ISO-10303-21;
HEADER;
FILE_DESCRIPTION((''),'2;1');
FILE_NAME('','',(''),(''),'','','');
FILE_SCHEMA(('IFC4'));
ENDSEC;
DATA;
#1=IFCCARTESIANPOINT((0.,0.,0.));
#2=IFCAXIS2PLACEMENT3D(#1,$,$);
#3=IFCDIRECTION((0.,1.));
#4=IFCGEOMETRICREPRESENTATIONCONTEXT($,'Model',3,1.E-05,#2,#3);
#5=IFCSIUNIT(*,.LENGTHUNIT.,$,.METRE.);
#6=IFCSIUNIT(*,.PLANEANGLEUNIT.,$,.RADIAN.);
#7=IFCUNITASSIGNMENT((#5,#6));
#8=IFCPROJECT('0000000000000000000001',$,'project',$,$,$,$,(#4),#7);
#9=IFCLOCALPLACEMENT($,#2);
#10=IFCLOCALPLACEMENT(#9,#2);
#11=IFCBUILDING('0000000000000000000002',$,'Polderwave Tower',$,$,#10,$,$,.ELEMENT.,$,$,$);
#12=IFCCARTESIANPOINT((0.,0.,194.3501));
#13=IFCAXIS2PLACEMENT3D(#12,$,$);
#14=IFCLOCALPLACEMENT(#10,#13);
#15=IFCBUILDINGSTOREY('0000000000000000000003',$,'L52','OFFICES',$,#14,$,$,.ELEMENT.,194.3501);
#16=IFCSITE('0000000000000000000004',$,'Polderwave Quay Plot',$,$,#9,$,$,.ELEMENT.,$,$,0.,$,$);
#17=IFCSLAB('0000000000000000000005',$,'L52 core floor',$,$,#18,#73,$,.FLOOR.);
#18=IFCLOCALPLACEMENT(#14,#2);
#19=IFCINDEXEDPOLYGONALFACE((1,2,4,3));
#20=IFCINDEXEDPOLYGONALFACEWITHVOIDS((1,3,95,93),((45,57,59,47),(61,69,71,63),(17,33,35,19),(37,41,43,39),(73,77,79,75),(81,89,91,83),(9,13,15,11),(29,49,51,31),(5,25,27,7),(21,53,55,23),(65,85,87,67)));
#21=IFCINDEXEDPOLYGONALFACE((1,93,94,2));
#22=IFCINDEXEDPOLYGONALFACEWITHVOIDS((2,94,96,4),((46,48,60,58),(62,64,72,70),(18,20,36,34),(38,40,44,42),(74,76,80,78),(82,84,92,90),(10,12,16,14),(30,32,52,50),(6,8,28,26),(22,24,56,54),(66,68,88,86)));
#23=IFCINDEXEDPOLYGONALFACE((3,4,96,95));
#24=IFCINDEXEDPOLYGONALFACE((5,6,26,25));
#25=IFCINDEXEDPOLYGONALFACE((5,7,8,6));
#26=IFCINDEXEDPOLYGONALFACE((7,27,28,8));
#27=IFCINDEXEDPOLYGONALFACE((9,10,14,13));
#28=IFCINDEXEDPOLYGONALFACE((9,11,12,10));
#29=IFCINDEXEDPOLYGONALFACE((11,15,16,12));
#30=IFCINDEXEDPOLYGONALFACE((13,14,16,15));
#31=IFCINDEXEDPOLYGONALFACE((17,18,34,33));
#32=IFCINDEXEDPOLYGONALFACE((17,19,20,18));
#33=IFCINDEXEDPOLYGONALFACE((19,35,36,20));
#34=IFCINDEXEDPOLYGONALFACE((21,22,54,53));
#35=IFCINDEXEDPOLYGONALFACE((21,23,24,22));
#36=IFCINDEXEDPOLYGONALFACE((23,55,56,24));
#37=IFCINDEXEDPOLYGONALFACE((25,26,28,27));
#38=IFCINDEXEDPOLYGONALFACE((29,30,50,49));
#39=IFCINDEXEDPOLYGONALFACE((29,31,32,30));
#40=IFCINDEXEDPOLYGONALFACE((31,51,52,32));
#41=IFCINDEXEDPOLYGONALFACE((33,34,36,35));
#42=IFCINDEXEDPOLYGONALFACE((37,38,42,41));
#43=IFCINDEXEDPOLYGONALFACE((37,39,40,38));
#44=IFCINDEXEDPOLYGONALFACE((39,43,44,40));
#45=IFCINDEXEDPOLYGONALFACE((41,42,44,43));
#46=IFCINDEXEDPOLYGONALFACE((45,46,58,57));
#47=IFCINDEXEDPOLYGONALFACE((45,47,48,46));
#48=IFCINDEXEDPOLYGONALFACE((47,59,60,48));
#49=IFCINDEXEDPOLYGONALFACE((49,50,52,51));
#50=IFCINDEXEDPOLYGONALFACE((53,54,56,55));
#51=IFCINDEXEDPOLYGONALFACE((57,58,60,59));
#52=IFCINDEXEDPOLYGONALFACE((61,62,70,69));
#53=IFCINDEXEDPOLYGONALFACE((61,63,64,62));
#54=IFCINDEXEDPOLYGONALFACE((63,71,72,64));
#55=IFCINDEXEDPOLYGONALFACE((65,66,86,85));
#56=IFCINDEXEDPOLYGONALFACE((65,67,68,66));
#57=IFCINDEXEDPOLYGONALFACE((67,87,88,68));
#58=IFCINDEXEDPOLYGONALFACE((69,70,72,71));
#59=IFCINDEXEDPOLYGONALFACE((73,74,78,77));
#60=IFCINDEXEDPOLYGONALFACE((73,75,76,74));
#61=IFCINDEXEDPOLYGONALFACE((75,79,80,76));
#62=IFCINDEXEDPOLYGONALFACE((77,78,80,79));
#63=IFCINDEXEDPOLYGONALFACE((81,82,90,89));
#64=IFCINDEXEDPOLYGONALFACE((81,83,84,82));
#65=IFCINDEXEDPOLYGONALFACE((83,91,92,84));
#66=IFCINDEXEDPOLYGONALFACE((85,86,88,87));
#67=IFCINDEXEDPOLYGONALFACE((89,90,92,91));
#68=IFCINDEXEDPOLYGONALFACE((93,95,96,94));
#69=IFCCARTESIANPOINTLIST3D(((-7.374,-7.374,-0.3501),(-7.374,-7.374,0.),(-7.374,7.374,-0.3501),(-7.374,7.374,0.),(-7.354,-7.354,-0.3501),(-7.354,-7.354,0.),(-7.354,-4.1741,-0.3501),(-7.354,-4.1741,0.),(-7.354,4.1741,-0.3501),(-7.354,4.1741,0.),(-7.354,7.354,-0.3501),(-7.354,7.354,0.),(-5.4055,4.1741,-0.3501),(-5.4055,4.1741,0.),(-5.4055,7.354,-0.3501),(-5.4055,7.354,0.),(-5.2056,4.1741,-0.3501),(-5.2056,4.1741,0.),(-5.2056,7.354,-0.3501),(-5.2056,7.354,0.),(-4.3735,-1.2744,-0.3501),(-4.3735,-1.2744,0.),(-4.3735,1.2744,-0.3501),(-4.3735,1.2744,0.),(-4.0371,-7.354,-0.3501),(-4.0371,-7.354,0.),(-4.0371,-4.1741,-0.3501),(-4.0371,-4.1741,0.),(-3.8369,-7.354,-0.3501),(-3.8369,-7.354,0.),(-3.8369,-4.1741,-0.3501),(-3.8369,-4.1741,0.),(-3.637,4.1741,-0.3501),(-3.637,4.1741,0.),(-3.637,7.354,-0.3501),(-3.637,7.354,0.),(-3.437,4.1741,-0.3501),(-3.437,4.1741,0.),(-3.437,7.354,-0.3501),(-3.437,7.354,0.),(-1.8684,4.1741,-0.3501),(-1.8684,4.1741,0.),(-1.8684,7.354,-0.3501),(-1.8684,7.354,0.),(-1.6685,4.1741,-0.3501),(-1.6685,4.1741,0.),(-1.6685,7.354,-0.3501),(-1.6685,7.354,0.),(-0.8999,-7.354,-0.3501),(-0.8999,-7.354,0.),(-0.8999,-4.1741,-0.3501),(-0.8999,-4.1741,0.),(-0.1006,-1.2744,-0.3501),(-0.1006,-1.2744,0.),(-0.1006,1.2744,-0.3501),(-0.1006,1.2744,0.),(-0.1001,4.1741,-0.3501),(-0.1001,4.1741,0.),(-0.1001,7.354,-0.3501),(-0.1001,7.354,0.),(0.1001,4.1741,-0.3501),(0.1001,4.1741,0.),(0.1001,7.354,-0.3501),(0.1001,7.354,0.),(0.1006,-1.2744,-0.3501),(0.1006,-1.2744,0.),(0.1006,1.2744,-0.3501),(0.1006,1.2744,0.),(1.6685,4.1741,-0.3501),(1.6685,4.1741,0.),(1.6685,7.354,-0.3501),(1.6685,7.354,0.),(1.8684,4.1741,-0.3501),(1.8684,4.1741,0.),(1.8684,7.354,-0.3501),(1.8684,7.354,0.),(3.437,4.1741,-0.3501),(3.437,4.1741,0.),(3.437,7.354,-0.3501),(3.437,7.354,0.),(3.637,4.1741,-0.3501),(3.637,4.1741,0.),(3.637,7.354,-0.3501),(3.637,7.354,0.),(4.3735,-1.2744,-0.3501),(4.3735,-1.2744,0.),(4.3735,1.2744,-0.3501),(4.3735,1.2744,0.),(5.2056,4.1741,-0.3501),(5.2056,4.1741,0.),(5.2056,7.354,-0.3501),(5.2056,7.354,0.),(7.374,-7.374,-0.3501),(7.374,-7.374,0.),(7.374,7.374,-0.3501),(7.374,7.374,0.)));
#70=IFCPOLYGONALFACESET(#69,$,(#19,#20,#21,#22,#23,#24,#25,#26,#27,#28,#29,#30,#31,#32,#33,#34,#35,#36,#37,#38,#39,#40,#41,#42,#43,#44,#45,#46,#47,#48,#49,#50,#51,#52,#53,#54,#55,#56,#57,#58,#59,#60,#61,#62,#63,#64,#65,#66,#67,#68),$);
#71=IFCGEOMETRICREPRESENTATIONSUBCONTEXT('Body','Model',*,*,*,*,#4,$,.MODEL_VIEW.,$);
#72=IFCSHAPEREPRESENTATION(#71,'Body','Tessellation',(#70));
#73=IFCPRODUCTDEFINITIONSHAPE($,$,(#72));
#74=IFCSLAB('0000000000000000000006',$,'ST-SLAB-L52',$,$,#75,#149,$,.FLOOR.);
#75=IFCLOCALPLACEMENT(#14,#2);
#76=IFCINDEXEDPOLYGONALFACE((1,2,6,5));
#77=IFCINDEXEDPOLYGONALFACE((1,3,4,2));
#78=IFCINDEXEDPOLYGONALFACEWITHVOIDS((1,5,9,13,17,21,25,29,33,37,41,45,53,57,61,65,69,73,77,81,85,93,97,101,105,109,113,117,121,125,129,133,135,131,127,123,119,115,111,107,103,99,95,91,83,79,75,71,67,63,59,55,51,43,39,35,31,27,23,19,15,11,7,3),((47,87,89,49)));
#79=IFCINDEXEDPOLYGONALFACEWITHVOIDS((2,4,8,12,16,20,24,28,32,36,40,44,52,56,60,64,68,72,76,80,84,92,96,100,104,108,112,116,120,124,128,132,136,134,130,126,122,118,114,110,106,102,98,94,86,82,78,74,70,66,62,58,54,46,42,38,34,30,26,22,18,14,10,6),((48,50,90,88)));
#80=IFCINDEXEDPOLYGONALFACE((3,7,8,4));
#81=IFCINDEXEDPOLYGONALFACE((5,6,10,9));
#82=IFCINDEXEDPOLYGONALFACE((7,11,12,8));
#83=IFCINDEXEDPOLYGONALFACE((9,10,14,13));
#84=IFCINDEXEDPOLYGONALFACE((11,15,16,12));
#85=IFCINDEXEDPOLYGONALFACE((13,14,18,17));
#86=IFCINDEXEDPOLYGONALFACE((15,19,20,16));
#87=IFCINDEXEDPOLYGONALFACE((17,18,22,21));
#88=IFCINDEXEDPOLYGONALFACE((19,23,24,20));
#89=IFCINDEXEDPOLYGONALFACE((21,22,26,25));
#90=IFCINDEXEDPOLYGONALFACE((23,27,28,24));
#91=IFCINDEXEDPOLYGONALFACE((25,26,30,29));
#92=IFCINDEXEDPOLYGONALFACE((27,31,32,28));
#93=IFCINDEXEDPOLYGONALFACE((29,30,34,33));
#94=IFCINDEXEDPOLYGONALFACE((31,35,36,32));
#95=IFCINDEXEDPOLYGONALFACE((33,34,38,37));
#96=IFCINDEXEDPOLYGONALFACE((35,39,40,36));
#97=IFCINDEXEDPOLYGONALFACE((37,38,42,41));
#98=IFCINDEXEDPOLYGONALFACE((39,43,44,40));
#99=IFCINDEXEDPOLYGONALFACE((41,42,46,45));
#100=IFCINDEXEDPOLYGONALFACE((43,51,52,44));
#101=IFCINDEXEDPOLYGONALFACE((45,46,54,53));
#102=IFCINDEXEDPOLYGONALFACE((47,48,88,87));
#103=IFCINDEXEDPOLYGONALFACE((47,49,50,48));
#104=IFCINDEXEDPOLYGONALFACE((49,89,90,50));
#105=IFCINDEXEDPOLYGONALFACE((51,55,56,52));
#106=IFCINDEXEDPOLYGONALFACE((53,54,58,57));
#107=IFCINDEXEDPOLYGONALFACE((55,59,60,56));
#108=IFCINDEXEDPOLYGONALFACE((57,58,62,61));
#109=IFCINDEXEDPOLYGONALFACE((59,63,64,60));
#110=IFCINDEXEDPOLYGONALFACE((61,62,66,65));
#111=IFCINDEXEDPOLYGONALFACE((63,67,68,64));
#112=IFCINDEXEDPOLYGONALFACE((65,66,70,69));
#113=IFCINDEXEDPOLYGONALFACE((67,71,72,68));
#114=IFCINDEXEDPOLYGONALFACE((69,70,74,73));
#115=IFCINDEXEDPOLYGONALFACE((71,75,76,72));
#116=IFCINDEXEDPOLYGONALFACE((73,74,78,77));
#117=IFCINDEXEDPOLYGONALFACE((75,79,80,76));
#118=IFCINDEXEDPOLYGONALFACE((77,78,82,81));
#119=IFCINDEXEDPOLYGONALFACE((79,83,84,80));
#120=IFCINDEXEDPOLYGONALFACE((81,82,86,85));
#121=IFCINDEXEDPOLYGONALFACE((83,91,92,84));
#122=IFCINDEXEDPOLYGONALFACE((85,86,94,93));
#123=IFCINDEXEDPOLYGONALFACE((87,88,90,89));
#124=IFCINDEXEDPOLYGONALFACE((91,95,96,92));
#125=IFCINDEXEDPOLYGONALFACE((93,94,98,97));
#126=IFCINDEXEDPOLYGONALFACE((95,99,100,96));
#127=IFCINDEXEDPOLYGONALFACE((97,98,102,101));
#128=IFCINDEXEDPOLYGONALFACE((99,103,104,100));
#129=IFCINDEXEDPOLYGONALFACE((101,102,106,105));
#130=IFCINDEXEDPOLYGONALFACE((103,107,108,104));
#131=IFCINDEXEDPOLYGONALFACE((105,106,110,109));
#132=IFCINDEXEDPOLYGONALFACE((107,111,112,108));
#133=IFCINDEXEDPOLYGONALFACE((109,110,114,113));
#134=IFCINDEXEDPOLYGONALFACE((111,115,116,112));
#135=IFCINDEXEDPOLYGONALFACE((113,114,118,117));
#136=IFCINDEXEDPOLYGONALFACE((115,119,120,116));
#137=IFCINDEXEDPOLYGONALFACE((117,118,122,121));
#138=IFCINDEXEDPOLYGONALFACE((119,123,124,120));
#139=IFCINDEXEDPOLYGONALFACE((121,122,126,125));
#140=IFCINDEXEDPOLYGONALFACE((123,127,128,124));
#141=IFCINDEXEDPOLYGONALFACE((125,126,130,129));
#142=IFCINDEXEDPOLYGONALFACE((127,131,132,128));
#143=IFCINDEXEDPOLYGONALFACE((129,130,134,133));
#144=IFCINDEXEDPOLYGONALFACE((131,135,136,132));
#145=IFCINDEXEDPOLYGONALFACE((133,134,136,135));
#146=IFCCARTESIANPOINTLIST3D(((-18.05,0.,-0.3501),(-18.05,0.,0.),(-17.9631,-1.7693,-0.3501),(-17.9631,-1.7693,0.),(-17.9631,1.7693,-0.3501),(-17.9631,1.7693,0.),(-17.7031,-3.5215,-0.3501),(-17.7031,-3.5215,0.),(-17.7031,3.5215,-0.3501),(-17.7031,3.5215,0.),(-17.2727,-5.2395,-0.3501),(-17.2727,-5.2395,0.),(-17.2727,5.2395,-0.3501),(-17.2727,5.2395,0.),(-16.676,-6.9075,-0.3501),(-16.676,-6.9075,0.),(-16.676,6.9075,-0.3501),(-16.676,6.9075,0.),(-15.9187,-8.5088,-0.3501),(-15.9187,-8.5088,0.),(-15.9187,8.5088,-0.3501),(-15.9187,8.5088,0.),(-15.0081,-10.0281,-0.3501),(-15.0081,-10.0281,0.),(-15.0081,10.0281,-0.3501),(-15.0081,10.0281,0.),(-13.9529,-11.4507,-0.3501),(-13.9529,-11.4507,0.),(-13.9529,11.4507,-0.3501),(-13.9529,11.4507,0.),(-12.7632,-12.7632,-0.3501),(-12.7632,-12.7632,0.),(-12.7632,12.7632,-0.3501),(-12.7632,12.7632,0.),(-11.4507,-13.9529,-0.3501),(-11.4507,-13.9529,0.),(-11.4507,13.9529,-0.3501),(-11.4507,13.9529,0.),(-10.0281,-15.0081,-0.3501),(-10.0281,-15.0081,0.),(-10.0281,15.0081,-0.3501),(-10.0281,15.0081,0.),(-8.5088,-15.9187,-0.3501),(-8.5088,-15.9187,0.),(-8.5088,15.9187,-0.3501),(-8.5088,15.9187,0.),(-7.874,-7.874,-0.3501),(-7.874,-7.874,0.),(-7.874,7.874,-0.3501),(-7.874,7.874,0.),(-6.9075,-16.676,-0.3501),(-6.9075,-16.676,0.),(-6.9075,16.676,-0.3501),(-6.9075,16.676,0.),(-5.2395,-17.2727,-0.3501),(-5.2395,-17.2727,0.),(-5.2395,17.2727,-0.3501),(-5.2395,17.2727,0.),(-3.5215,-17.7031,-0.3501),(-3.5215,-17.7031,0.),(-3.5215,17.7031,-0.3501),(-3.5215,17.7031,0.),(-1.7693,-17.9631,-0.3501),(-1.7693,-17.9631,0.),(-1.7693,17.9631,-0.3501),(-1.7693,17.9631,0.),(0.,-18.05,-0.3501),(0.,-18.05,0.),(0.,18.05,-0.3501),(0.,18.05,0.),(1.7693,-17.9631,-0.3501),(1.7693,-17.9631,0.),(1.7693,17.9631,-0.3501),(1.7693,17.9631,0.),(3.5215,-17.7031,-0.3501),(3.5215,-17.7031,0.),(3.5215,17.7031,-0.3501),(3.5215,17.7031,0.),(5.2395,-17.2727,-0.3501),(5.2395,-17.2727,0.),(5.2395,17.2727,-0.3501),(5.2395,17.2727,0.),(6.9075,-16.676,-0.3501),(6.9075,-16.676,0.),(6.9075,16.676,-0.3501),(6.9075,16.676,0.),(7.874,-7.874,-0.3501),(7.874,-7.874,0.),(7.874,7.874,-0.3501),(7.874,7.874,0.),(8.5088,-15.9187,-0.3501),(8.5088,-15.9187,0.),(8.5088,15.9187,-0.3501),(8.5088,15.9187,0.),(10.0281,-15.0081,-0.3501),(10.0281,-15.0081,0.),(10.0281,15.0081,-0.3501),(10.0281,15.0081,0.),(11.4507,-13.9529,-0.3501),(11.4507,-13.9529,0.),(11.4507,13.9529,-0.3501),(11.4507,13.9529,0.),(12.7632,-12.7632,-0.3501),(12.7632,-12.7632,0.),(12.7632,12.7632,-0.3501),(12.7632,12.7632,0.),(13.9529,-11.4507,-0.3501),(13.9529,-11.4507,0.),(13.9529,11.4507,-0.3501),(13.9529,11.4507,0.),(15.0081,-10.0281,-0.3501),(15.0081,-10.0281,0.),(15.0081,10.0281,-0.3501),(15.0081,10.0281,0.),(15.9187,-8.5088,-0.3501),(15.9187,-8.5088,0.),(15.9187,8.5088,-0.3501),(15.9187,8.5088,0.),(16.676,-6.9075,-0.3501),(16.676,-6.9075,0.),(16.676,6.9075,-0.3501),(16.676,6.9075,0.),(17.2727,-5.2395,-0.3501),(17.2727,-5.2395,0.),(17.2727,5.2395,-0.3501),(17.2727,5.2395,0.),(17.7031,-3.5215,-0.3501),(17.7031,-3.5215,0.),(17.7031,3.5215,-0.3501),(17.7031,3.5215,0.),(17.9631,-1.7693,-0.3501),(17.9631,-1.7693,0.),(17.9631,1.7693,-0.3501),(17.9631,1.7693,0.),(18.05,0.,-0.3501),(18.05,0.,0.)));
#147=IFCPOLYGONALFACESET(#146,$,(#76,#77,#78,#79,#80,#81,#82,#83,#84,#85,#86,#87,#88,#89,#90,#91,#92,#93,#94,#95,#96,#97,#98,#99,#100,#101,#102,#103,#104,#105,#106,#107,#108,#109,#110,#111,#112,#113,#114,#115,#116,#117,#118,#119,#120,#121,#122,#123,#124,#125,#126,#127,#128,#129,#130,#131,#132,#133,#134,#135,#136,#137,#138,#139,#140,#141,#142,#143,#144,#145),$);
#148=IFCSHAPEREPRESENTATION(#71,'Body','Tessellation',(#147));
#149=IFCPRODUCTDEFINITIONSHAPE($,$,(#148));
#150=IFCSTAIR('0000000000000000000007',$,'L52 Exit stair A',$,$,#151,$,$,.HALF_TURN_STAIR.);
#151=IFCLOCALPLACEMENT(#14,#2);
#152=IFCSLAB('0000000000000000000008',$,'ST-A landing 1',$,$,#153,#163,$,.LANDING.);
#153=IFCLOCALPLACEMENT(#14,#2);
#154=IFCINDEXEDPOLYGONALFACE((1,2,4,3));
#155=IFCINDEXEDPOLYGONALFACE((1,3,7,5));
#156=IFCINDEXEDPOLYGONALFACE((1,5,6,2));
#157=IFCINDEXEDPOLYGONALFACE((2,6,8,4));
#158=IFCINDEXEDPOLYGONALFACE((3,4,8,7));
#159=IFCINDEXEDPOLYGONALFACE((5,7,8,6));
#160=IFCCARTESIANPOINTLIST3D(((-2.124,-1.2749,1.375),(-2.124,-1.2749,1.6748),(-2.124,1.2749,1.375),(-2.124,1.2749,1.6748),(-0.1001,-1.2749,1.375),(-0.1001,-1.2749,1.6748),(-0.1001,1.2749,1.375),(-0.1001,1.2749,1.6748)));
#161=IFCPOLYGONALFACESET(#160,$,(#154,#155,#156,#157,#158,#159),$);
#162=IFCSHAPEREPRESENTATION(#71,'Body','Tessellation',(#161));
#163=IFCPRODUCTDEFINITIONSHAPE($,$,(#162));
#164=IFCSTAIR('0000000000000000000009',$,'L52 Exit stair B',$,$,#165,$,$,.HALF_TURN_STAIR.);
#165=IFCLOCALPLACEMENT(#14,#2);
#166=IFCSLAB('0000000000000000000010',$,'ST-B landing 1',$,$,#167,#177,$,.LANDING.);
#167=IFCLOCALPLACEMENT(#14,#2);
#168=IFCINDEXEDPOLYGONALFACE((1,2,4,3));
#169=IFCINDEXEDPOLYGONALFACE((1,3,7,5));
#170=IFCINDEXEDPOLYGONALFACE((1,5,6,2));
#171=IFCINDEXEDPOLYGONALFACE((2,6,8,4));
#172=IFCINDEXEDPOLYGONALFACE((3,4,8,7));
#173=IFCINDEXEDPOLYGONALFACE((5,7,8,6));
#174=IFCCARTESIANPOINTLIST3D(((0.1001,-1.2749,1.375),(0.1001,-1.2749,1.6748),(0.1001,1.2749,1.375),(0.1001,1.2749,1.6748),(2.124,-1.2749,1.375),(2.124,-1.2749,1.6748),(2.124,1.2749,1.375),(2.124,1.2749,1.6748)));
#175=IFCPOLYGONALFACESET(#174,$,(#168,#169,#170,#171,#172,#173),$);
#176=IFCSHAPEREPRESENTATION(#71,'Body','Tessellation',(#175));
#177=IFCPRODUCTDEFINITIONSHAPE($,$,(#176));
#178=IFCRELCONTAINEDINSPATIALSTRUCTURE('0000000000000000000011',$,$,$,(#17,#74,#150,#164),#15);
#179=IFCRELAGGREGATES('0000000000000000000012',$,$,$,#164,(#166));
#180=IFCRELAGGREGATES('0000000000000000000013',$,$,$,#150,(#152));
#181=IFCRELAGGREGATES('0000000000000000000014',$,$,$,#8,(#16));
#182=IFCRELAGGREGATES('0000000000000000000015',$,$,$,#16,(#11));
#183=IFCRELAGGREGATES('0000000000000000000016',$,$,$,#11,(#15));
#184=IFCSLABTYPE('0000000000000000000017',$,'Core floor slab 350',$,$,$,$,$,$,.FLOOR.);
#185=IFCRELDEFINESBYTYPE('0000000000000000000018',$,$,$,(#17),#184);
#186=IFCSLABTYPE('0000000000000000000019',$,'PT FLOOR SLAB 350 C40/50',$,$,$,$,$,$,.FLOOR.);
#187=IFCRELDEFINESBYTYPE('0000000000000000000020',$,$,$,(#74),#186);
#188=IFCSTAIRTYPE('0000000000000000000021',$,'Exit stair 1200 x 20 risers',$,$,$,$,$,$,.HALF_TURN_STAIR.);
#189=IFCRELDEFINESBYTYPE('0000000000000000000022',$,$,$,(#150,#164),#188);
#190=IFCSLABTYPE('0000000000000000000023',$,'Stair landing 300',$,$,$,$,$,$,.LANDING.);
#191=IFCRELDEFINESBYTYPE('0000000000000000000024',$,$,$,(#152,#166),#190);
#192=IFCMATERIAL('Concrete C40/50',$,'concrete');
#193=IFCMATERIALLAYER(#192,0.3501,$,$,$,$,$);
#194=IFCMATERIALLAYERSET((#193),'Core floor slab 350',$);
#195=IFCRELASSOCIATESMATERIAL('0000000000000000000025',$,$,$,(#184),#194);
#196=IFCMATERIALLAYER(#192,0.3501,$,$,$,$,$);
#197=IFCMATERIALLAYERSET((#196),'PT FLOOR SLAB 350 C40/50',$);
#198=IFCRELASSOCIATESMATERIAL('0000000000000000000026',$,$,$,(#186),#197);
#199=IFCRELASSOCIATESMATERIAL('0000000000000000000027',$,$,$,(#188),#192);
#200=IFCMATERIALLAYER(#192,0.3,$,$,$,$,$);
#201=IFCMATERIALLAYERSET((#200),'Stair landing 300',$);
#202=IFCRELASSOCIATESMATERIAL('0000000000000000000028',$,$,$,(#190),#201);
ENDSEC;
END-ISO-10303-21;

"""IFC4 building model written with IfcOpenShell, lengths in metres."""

from ifc_helpers import new_model, si_unit, direction, frame, origin, place, context, subcontext, project, spatial, polyline, outline, extrude, material, layer, layer_set, type_object, element, aggregate, save


model = new_model("IFC4")

# Units and contexts
model_context = context("Model", 3, precision=1e-05, world=origin(), true_north=direction((0.0, 1.0)))
body_context = subcontext(model_context, "Body", "Model", "MODEL_VIEW")
ifc_project = project(units=[si_unit("LENGTHUNIT", "METRE"), si_unit("PLANEANGLEUNIT", "RADIAN")], contexts=[model_context])

# Site, building, storey
site_placement = place(None, origin())
site = spatial("IfcSite", under=ifc_project, at=site_placement, Name="Polderwave Quay Plot", CompositionType="ELEMENT", RefElevation=0.0)
building_placement = place(site_placement, origin())
building = spatial("IfcBuilding", under=site, at=building_placement, Name="Polderwave Tower", CompositionType="ELEMENT")
storey_placement = place(building_placement, frame((0.0, 0.0, 194.3501)))
storey = spatial("IfcBuildingStorey", under=building, at=storey_placement, Name="L52", Description="OFFICES", CompositionType="ELEMENT", Elevation=194.3501)

# Slabs
ifc_material_1 = material(Name="Concrete C40/50", Category="concrete")
ifc_layer_1 = layer(ifc_material_1, 0.3501)
ifc_layer_set_1 = layer_set([ifc_layer_1], Name="Core floor slab 350")
slab_type_1 = type_object("IfcSlabType", Name="Core floor slab 350", PredefinedType="FLOOR", material=ifc_layer_set_1)
slab_1_placement = place(storey_placement, frame((0.0, 0.0, -0.3501)))
element("IfcSlab", 1, at=slab_1_placement, inside=storey, type_object=slab_type_1, Name="L52 core floor", PredefinedType="FLOOR", context=body_context, shape_type="SweptSolid", body=[
    extrude(outline(polyline([(-7.374, -7.374), (7.374, -7.374), (7.374, 7.374), (-7.374, 7.374), (-7.374, -7.374)]), holes=[polyline([(-7.354, -7.354), (-4.0371, -7.354), (-4.0371, -4.1741), (-7.354, -4.1741), (-7.354, -7.354)]), polyline([(-3.8369, -7.354), (-0.8999, -7.354), (-0.8999, -4.1741), (-3.8369, -4.1741), (-3.8369, -7.354)]), polyline([(-7.354, 4.1741), (-5.4055, 4.1741), (-5.4055, 7.354), (-7.354, 7.354), (-7.354, 4.1741)]), polyline([(-5.2056, 4.1741), (-3.637, 4.1741), (-3.637, 7.354), (-5.2056, 7.354), (-5.2056, 4.1741)]), polyline([(-3.437, 4.1741), (-1.8684, 4.1741), (-1.8684, 7.354), (-3.437, 7.354), (-3.437, 4.1741)]), polyline([(-1.6685, 4.1741), (-0.1001, 4.1741), (-0.1001, 7.354), (-1.6685, 7.354), (-1.6685, 4.1741)]), polyline([(0.1001, 4.1741), (1.6685, 4.1741), (1.6685, 7.354), (0.1001, 7.354), (0.1001, 4.1741)]), polyline([(1.8684, 4.1741), (3.437, 4.1741), (3.437, 7.354), (1.8684, 7.354), (1.8684, 4.1741)]), polyline([(3.637, 4.1741), (5.2056, 4.1741), (5.2056, 7.354), (3.637, 7.354), (3.637, 4.1741)]), polyline([(-4.3735, -1.2744), (-0.1006, -1.2744), (-0.1006, 1.2744), (-4.3735, 1.2744), (-4.3735, -1.2744)]), polyline([(0.1006, -1.2744), (4.3735, -1.2744), (4.3735, 1.2744), (0.1006, 1.2744), (0.1006, -1.2744)])]), origin(), (0.0, 0.0, 1.0), 0.3501),
])
ifc_layer_2 = layer(ifc_material_1, 0.3501)
ifc_layer_set_2 = layer_set([ifc_layer_2], Name="PT FLOOR SLAB 350 C40/50")
slab_type_2 = type_object("IfcSlabType", Name="PT FLOOR SLAB 350 C40/50", PredefinedType="FLOOR", material=ifc_layer_set_2)
slab_2_placement = place(storey_placement, frame((0.0, 0.0, -0.3501)))
element("IfcSlab", 2, at=slab_2_placement, inside=storey, type_object=slab_type_2, Name="ST-SLAB-L52", PredefinedType="FLOOR", context=body_context, shape_type="SweptSolid", body=[
    extrude(outline(polyline([(18.05, 0.0), (17.9631, 1.7693), (17.7031, 3.5215), (17.2727, 5.2395), (16.676, 6.9075), (15.9187, 8.5088), (15.0081, 10.0281), (13.9529, 11.4507), (12.7632, 12.7632), (11.4507, 13.9529), (10.0281, 15.0081), (8.5088, 15.9187), (6.9075, 16.676), (5.2395, 17.2727), (3.5215, 17.7031), (1.7693, 17.9631), (0.0, 18.05), (-1.7693, 17.9631), (-3.5215, 17.7031), (-5.2395, 17.2727), (-6.9075, 16.676), (-8.5088, 15.9187), (-10.0281, 15.0081), (-11.4507, 13.9529), (-12.7632, 12.7632), (-13.9529, 11.4507), (-15.0081, 10.0281), (-15.9187, 8.5088), (-16.676, 6.9075), (-17.2727, 5.2395), (-17.7031, 3.5215), (-17.9631, 1.7693), (-18.05, 0.0), (-17.9631, -1.7693), (-17.7031, -3.5215), (-17.2727, -5.2395), (-16.676, -6.9075), (-15.9187, -8.5088), (-15.0081, -10.0281), (-13.9529, -11.4507), (-12.7632, -12.7632), (-11.4507, -13.9529), (-10.0281, -15.0081), (-8.5088, -15.9187), (-6.9075, -16.676), (-5.2395, -17.2727), (-3.5215, -17.7031), (-1.7693, -17.9631), (0.0, -18.05), (1.7693, -17.9631), (3.5215, -17.7031), (5.2395, -17.2727), (6.9075, -16.676), (8.5088, -15.9187), (10.0281, -15.0081), (11.4507, -13.9529), (12.7632, -12.7632), (13.9529, -11.4507), (15.0081, -10.0281), (15.9187, -8.5088), (16.676, -6.9075), (17.2727, -5.2395), (17.7031, -3.5215), (17.9631, -1.7693), (18.05, 0.0)]), holes=[polyline([(-7.874, -7.874), (7.874, -7.874), (7.874, 7.874), (-7.874, 7.874), (-7.874, -7.874)])]), origin(), (0.0, 0.0, 1.0), 0.3501),
])

# Stairs, slabs
stair_type = type_object("IfcStairType", Name="Exit stair 1200 x 20 risers", PredefinedType="HALF_TURN_STAIR", material=ifc_material_1)
stair_1_placement = place(storey_placement, origin())
stair_1 = element("IfcStair", 3, at=stair_1_placement, inside=storey, type_object=stair_type, Name="L52 Exit stair A", PredefinedType="HALF_TURN_STAIR")
ifc_layer_3 = layer(ifc_material_1, 0.3)
ifc_layer_set_3 = layer_set([ifc_layer_3], Name="Stair landing 300")
slab_type_3 = type_object("IfcSlabType", Name="Stair landing 300", PredefinedType="LANDING", material=ifc_layer_set_3)
slab_3_placement = place(storey_placement, frame((0.0, 0.0, 1.375)))
slab_3 = element("IfcSlab", 4, at=slab_3_placement, type_object=slab_type_3, Name="ST-A landing 1", PredefinedType="LANDING", context=body_context, shape_type="SweptSolid", body=[
    extrude(outline(polyline([(-2.124, -1.2749), (-0.1001, -1.2749), (-0.1001, 1.2749), (-2.124, 1.2749), (-2.124, -1.2749)])), origin(), (0.0, 0.0, 1.0), 0.2998),
])
stair_2_placement = place(storey_placement, origin())
stair_2 = element("IfcStair", 5, at=stair_2_placement, inside=storey, type_object=stair_type, Name="L52 Exit stair B", PredefinedType="HALF_TURN_STAIR")
slab_4_placement = place(storey_placement, frame((0.0, 0.0, 1.375)))
slab_4 = element("IfcSlab", 6, at=slab_4_placement, type_object=slab_type_3, Name="ST-B landing 1", PredefinedType="LANDING", context=body_context, shape_type="SweptSolid", body=[
    extrude(outline(polyline([(2.124, 1.2749), (0.1001, 1.2749), (0.1001, -1.2749), (2.124, -1.2749), (2.124, 1.2749)])), origin(), (0.0, 0.0, 1.0), 0.2998),
])
aggregate(stair_2, [slab_4])

aggregate(stair_1, [slab_3])

save(model, "model.ifc")
